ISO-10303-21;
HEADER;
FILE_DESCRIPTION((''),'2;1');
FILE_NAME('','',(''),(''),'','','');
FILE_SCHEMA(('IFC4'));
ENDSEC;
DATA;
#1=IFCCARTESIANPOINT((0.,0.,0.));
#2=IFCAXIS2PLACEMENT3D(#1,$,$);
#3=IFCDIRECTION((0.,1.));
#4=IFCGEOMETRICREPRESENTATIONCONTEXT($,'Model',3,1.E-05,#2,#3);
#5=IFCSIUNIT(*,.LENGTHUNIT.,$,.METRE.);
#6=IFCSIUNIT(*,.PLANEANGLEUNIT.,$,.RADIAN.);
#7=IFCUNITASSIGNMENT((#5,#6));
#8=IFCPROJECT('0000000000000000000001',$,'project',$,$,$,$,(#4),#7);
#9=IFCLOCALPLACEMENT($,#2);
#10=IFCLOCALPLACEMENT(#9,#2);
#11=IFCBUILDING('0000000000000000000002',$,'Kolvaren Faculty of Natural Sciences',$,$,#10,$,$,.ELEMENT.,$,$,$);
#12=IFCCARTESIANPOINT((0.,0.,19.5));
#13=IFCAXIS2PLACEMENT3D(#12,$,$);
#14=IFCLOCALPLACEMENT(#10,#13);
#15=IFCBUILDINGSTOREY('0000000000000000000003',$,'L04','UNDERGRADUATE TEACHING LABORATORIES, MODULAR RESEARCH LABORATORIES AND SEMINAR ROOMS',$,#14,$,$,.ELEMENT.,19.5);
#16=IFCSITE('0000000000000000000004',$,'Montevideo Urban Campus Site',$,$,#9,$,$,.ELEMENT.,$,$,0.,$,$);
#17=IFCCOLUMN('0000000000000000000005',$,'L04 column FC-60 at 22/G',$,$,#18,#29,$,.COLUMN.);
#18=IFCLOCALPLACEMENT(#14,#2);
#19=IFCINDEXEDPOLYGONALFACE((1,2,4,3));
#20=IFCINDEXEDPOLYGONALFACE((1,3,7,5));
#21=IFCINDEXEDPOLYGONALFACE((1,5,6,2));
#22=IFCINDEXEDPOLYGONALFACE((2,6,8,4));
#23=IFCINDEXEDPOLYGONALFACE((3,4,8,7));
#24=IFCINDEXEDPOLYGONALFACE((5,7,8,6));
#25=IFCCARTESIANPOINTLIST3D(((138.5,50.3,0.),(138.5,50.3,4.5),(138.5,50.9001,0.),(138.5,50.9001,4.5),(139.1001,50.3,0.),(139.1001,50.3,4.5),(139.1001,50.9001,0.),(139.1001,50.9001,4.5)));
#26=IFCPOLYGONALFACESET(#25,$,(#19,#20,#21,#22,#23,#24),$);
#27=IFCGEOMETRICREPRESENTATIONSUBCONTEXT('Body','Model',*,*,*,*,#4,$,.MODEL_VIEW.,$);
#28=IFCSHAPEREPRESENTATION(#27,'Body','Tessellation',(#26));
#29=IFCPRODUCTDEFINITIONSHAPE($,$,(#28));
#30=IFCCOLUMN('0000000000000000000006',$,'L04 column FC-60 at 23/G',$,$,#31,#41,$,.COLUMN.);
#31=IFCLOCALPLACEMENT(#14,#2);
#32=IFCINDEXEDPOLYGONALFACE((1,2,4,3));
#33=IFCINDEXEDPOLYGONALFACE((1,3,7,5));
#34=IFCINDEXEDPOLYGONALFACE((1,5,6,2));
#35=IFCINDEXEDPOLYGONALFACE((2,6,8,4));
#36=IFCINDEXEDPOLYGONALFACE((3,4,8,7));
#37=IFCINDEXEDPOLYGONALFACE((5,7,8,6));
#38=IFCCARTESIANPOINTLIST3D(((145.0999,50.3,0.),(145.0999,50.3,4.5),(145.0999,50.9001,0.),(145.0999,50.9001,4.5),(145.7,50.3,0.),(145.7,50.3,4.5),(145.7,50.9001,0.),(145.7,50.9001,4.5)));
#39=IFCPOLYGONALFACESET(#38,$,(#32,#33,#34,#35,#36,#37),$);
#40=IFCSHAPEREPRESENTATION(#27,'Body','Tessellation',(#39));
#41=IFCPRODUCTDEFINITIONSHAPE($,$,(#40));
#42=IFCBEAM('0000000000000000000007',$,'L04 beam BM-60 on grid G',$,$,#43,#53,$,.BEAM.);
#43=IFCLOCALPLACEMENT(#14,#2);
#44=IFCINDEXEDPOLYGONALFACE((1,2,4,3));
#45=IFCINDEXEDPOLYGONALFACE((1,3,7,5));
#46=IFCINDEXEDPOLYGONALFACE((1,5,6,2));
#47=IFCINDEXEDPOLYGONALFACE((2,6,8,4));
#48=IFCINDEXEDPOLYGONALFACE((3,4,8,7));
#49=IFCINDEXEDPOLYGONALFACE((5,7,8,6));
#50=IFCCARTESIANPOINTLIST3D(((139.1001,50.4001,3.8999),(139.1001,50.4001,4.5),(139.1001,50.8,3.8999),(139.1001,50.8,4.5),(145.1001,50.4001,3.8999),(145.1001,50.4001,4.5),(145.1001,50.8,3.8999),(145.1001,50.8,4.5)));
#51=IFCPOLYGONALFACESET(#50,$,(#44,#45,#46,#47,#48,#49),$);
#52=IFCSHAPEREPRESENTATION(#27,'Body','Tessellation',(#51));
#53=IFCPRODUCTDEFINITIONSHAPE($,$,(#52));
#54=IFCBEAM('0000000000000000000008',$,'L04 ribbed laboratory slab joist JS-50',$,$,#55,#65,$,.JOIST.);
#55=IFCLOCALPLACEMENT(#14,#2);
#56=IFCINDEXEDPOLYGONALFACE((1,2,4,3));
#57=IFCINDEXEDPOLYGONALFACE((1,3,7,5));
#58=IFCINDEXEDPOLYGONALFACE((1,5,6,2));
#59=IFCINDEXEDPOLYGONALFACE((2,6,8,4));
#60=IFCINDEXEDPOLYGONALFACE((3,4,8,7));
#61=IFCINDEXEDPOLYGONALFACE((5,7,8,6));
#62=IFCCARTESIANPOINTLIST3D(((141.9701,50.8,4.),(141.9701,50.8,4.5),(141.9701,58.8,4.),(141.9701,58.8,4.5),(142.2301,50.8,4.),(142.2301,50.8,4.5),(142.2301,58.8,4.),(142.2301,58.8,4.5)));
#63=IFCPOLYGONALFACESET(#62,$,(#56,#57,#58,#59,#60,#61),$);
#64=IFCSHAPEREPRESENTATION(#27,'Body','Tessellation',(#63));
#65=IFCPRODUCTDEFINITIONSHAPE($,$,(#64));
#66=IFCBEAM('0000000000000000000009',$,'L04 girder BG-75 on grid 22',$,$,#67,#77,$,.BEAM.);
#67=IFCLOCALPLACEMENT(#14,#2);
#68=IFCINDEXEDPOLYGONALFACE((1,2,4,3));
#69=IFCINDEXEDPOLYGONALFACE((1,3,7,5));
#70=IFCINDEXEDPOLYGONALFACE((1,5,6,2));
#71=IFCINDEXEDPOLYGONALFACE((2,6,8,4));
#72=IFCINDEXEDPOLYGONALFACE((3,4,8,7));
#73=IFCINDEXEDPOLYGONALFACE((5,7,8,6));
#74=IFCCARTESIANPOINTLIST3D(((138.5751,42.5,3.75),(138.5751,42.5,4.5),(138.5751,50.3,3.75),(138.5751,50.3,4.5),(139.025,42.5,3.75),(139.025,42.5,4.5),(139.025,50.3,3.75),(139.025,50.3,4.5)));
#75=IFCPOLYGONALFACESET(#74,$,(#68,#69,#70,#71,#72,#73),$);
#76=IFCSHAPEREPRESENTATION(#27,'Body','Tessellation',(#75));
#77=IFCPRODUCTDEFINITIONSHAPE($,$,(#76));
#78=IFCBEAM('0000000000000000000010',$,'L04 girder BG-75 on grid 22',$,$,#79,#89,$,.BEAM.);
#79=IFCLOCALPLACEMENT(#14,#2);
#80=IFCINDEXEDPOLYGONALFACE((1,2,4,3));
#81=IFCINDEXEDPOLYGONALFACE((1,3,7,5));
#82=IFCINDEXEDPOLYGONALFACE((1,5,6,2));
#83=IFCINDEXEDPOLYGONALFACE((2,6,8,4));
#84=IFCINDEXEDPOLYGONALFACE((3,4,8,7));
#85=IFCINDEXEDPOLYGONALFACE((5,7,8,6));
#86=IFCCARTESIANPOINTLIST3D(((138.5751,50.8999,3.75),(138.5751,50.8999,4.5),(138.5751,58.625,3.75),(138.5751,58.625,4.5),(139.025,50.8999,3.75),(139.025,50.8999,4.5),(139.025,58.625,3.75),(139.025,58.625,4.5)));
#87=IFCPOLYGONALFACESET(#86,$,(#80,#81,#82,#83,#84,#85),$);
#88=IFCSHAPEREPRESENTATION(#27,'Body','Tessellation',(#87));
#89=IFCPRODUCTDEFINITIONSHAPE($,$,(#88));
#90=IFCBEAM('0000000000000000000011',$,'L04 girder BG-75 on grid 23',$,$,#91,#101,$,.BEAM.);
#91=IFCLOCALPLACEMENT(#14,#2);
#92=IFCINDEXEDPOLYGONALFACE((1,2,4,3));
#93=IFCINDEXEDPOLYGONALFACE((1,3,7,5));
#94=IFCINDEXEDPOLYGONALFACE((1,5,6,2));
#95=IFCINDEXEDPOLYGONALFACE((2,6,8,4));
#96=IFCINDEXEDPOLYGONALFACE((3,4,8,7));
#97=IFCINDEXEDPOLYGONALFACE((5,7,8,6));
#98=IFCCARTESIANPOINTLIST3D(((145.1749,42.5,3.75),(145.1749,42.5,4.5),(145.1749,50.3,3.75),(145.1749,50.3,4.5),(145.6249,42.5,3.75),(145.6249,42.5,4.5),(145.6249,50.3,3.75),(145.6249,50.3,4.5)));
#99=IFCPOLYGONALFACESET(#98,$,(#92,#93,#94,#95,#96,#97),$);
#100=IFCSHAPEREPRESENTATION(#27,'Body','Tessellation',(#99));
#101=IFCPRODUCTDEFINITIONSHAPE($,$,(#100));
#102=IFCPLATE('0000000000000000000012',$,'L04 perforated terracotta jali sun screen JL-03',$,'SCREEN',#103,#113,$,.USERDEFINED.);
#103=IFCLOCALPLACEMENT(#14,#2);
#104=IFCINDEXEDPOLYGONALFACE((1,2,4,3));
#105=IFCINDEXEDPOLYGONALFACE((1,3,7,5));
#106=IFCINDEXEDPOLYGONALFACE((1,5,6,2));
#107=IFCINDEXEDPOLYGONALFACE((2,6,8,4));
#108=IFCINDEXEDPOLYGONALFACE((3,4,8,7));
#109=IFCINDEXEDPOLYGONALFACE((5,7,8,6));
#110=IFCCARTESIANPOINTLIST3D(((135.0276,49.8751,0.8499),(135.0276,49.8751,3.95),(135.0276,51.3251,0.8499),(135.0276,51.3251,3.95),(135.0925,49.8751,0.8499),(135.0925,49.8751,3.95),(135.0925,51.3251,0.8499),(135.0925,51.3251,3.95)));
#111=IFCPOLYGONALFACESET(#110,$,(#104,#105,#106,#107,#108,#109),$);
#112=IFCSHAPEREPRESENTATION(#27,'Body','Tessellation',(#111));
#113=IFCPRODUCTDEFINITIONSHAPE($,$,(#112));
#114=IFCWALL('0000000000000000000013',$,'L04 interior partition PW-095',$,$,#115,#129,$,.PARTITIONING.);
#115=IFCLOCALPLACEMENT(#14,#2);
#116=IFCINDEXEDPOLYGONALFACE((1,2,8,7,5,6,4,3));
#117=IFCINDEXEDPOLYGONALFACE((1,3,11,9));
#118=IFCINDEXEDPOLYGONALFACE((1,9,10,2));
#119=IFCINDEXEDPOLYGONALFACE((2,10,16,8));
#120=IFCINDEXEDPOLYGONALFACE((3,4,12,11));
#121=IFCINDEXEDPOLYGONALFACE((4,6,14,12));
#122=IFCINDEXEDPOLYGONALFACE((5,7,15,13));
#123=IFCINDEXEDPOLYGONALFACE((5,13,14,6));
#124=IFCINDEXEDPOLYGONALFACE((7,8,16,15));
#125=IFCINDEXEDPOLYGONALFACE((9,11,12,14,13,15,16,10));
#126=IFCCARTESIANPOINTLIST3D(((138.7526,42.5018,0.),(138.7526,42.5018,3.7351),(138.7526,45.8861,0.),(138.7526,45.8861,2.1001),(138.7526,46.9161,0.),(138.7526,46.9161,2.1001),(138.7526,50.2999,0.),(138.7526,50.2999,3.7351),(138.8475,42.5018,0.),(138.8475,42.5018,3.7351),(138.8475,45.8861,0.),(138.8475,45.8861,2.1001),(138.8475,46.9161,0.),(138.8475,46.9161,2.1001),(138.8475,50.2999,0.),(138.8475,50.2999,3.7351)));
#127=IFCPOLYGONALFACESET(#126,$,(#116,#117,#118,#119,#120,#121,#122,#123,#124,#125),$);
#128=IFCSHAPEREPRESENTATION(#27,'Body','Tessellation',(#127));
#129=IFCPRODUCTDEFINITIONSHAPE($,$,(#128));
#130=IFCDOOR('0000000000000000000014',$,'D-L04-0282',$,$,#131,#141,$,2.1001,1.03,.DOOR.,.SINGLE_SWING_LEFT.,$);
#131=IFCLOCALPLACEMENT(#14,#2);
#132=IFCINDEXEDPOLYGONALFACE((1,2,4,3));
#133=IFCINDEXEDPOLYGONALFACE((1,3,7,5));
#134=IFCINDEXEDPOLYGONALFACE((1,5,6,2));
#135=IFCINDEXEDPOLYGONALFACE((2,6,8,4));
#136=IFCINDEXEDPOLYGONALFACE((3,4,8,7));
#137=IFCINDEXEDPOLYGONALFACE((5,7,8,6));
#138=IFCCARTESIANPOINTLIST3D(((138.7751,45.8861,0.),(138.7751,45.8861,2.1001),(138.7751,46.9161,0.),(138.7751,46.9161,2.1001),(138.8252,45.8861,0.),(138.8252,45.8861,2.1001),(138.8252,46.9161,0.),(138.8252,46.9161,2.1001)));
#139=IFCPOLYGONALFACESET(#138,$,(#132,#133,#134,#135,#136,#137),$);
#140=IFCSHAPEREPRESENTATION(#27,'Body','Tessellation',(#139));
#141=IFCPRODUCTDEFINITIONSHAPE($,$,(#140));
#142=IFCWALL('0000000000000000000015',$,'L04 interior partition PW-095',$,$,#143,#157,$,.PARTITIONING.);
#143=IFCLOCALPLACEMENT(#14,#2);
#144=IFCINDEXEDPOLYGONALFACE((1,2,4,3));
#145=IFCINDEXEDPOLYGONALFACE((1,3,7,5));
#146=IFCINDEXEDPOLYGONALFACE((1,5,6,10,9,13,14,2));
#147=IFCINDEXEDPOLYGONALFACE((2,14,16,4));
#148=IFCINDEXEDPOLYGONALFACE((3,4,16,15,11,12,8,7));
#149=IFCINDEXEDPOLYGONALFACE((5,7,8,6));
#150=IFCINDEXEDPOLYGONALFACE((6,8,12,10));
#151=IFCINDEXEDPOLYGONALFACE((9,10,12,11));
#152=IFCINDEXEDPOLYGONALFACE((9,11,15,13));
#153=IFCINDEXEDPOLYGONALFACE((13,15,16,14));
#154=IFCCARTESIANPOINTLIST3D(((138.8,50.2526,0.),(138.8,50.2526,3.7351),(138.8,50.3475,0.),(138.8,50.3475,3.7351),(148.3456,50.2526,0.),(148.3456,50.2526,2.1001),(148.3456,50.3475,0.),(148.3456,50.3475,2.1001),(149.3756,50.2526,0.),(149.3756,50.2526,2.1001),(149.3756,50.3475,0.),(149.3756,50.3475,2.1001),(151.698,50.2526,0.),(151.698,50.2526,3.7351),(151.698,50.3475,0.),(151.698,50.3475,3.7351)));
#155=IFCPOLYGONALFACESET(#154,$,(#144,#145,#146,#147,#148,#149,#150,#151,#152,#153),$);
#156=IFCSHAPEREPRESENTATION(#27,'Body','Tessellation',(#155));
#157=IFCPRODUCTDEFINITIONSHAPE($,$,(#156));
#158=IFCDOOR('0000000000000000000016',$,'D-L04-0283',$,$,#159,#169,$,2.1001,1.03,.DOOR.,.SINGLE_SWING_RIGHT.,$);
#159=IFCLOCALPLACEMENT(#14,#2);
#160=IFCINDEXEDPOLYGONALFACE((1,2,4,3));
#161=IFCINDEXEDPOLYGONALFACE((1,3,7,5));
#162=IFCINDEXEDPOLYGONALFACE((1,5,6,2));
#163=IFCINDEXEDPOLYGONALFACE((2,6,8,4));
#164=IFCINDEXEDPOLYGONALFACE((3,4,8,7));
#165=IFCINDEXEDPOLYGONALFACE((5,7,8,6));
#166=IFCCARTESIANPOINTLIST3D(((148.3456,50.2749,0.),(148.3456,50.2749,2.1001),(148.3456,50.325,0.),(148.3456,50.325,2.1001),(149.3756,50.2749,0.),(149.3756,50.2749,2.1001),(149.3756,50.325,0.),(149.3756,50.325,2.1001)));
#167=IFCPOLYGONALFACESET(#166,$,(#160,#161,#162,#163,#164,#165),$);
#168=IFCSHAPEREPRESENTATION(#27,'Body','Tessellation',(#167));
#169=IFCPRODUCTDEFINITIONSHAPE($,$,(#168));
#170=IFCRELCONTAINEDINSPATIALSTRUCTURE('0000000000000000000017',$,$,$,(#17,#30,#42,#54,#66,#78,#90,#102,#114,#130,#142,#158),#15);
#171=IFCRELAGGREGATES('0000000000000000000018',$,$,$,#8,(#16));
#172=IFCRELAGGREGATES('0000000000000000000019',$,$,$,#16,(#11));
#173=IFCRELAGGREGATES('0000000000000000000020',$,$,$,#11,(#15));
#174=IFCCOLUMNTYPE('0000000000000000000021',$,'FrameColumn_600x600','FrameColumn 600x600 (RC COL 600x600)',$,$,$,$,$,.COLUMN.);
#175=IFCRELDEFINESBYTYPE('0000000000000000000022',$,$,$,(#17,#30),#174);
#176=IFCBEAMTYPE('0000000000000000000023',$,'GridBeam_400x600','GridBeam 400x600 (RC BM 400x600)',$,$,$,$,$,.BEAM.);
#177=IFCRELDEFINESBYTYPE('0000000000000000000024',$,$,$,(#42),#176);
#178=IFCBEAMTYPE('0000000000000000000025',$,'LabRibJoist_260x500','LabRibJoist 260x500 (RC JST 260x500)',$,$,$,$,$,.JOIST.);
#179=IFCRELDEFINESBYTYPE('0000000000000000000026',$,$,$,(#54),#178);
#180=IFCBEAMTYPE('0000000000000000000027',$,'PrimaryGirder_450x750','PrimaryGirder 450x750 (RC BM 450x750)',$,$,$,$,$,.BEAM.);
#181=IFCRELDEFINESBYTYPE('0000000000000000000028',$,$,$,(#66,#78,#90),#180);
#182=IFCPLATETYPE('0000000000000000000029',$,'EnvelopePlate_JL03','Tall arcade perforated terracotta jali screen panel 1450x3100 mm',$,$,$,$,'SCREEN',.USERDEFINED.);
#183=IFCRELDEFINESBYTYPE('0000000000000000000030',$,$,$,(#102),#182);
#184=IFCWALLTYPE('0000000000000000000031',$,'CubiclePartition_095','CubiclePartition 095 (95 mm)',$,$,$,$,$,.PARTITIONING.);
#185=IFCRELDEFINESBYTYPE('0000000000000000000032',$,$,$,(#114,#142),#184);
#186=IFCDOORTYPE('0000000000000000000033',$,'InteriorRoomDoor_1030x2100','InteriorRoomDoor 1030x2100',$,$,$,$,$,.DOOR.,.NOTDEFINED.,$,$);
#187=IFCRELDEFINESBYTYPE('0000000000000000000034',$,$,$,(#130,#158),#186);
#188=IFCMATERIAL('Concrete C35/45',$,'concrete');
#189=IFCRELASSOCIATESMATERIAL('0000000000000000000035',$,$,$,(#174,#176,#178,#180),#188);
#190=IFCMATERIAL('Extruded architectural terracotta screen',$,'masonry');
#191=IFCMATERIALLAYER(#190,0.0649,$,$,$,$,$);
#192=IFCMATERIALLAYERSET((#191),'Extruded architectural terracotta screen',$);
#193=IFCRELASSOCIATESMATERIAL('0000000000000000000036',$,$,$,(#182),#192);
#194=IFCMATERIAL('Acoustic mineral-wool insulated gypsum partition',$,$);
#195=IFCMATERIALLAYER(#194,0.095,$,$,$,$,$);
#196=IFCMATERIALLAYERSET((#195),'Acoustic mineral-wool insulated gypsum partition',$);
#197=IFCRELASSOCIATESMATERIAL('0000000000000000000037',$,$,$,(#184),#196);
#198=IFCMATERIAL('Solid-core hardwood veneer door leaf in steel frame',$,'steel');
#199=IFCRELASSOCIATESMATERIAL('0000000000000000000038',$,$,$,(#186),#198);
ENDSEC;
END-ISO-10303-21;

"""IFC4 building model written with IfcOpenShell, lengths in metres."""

from ifc_helpers import new_model, si_unit, direction, frame, frame_2d, origin, origin_2d, place, context, subcontext, project, spatial, rectangle, extrude, material, layer, layer_set, material_profile, profile_set, type_object, element, fill, save


model = new_model("IFC4")

# Units and contexts
model_context = context("Model", 3, precision=1e-05, world=origin(), true_north=direction((0.0, 1.0)))
body_context = subcontext(model_context, "Body", "Model", "MODEL_VIEW")
ifc_project = project(units=[si_unit("LENGTHUNIT", "METRE"), si_unit("PLANEANGLEUNIT", "RADIAN")], contexts=[model_context])

# Site, building, storey
site_placement = place(None, origin())
site = spatial("IfcSite", under=ifc_project, at=site_placement, Name="Montevideo Urban Campus Site", CompositionType="ELEMENT", RefElevation=0.0)
building_placement = place(site_placement, origin())
building = spatial("IfcBuilding", under=site, at=building_placement, Name="Kolvaren Faculty of Natural Sciences", CompositionType="ELEMENT")
storey_placement = place(building_placement, frame((0.0, 0.0, 19.5)))
storey = spatial("IfcBuildingStorey", under=building, at=storey_placement, Name="L04", Description="UNDERGRADUATE TEACHING LABORATORIES, MODULAR RESEARCH LABORATORIES AND SEMINAR ROOMS", CompositionType="ELEMENT", Elevation=19.5)

# Columns
ifc_material_1 = material(Name="Concrete C35/45", Category="concrete")
ifc_material_profile_1 = material_profile(ifc_material_1, rectangle(XDim=0.6001, YDim=0.6001, at=origin_2d()), Name="RC COL 600x600")
ifc_profile_set_1 = profile_set([ifc_material_profile_1], Name="Concrete C35/45")
column_type = type_object("IfcColumnType", Name="FrameColumn_600x600", Description="FrameColumn 600x600 (RC COL 600x600)", PredefinedType="COLUMN", material=ifc_profile_set_1)
for number, where, z_axis, x_axis, name in (
    (1, (138.8, 50.6001, 0.0), (0.0, 0.0, 1.0), (1.0, 0.0, 0.0), "L04 column FC-60 at 22/G"),
    (2, (145.3999, 50.6001, 0.0), (0.0, 0.0, 1.0), (1.0, 0.0, 0.0), "L04 column FC-60 at 23/G"),
):
    element("IfcColumn", number, at=place(storey_placement, frame(where, z_axis=z_axis, x_axis=x_axis)), inside=storey, type_object=column_type, Name=name, PredefinedType="COLUMN", context=body_context, shape_type="SweptSolid", body=[
        extrude(rectangle(XDim=0.6001, YDim=0.6001, at=origin_2d()), origin(), (0.0, 0.0, 1.0), 4.5),
    ])

# Beams
ifc_material_profile_2 = material_profile(ifc_material_1, rectangle(XDim=0.3999, YDim=0.6001, at=origin_2d()), Name="RC BM 400x600")
ifc_profile_set_2 = profile_set([ifc_material_profile_2], Name="Concrete C35/45")
beam_type_1 = type_object("IfcBeamType", Name="GridBeam_400x600", Description="GridBeam 400x600 (RC BM 400x600)", PredefinedType="BEAM", material=ifc_profile_set_2)
beam_1_placement = place(storey_placement, frame((139.1001, 50.6001, 4.2), z_axis=(1.0, 0.0, 0.0), x_axis=(0.0, 1.0, 0.0)))
element("IfcBeam", 3, at=beam_1_placement, inside=storey, type_object=beam_type_1, Name="L04 beam BM-60 on grid G", PredefinedType="BEAM", context=body_context, shape_type="SweptSolid", body=[
    extrude(rectangle(XDim=0.3999, YDim=0.6001, at=origin_2d()), origin(), (0.0, 0.0, 1.0), 6.0),
])
ifc_material_profile_3 = material_profile(ifc_material_1, rectangle(XDim=0.26, YDim=0.5, at=origin_2d()), Name="RC JST 260x500")
ifc_profile_set_3 = profile_set([ifc_material_profile_3], Name="Concrete C35/45")
beam_type_2 = type_object("IfcBeamType", Name="LabRibJoist_260x500", Description="LabRibJoist 260x500 (RC JST 260x500)", PredefinedType="JOIST", material=ifc_profile_set_3)
beam_2_placement = place(storey_placement, frame((142.1001, 50.8, 4.25), z_axis=(0.0, 1.0, 0.0), x_axis=(-1.0, 0.0, 0.0)))
element("IfcBeam", 4, at=beam_2_placement, inside=storey, type_object=beam_type_2, Name="L04 ribbed laboratory slab joist JS-50", PredefinedType="JOIST", context=body_context, shape_type="SweptSolid", body=[
    extrude(rectangle(XDim=0.26, YDim=0.5, at=origin_2d()), origin(), (0.0, 0.0, 1.0), 8.0),
])
ifc_material_profile_4 = material_profile(ifc_material_1, rectangle(XDim=0.45, YDim=0.75, at=origin_2d()), Name="RC BM 450x750")
ifc_profile_set_4 = profile_set([ifc_material_profile_4], Name="Concrete C35/45")
beam_type_3 = type_object("IfcBeamType", Name="PrimaryGirder_450x750", Description="PrimaryGirder 450x750 (RC BM 450x750)", PredefinedType="BEAM", material=ifc_profile_set_4)
beam_3_placement = place(storey_placement, frame((138.8, 42.5, 4.125), z_axis=(0.0, 1.0, 0.0), x_axis=(-1.0, 0.0, 0.0)))
element("IfcBeam", 5, at=beam_3_placement, inside=storey, type_object=beam_type_3, Name="L04 girder BG-75 on grid 22", PredefinedType="BEAM", context=body_context, shape_type="SweptSolid", body=[
    extrude(rectangle(XDim=0.45, YDim=0.75, at=origin_2d()), origin(), (0.0, 0.0, 1.0), 7.8),
])
beam_4_placement = place(storey_placement, frame((138.8, 50.8999, 4.125), z_axis=(0.0, 1.0, 0.0), x_axis=(-1.0, 0.0, 0.0)))
element("IfcBeam", 6, at=beam_4_placement, inside=storey, type_object=beam_type_3, Name="L04 girder BG-75 on grid 22", PredefinedType="BEAM", context=body_context, shape_type="SweptSolid", body=[
    extrude(rectangle(XDim=0.45, YDim=0.75, at=origin_2d()), origin(), (0.0, 0.0, 1.0), 7.7251),
])
beam_5_placement = place(storey_placement, frame((145.3999, 42.5, 4.125), z_axis=(0.0, 1.0, 0.0), x_axis=(-1.0, 0.0, 0.0)))
element("IfcBeam", 7, at=beam_5_placement, inside=storey, type_object=beam_type_3, Name="L04 girder BG-75 on grid 23", PredefinedType="BEAM", context=body_context, shape_type="SweptSolid", body=[
    extrude(rectangle(XDim=0.45, YDim=0.75, at=origin_2d()), origin(), (0.0, 0.0, 1.0), 7.8),
])

# Plate
ifc_material_2 = material(Name="Extruded architectural terracotta screen", Category="masonry")
ifc_layer_1 = layer(ifc_material_2, 0.0649)
ifc_layer_set_1 = layer_set([ifc_layer_1], Name="Extruded architectural terracotta screen")
plate_type = type_object("IfcPlateType", Name="EnvelopePlate_JL03", Description="Tall arcade perforated terracotta jali screen panel 1450x3100 mm", ElementType="SCREEN", PredefinedType="USERDEFINED", material=ifc_layer_set_1)
plate_placement = place(storey_placement, frame((135.0601, 50.6001, 0.8499), z_axis=(0.0, 0.0, 1.0), x_axis=(0.0, 1.0, 0.0)))
element("IfcPlate", 8, at=plate_placement, inside=storey, type_object=plate_type, Name="L04 perforated terracotta jali sun screen JL-03", ObjectType="SCREEN", PredefinedType="USERDEFINED", context=body_context, shape_type="SweptSolid", body=[
    extrude(rectangle(XDim=1.45, YDim=0.0649, at=origin_2d()), origin(), (0.0, 0.0, 1.0), 3.1001),
])

# Walls, openings, doors
ifc_material_3 = material(Name="Acoustic mineral-wool insulated gypsum partition")
ifc_layer_2 = layer(ifc_material_3, 0.095)
ifc_layer_set_2 = layer_set([ifc_layer_2], Name="Acoustic mineral-wool insulated gypsum partition")
wall_type_1 = type_object("IfcWallType", Name="CubiclePartition_095", Description="CubiclePartition 095 (95 mm)", PredefinedType="PARTITIONING", material=ifc_layer_set_2)
wall_1_placement = place(storey_placement, frame((138.8, 42.502, 0.0), z_axis=(0.0, 0.0, 1.0), x_axis=(0.0, 1.0, 0.0)))
wall_1 = element("IfcWall", 9, at=wall_1_placement, inside=storey, type_object=wall_type_1, Name="L04 interior partition PW-095", PredefinedType="PARTITIONING", context=body_context, shape_type="SweptSolid", body=[
    extrude(rectangle(XDim=7.7981, YDim=0.095, at=frame_2d((3.8989, 0.0))), origin(), (0.0, 0.0, 1.0), 3.7351),
])
opening_1_placement = place(wall_1_placement, frame((3.384, 0.0, 0.0)))
opening_1 = element("IfcOpeningElement", 10, at=opening_1_placement, cuts=wall_1, PredefinedType="OPENING", context=body_context, shape_type="SweptSolid", body=[
    extrude(rectangle(XDim=1.03, YDim=2.1001, at=frame_2d((0.5151, 1.05))), frame((0.0, 0.0574, 0.0), z_axis=(0.0, -1.0, 0.0), x_axis=(1.0, 0.0, 0.0)), (0.0, 0.0, 1.0), 0.115),
])
ifc_material_4 = material(Name="Solid-core hardwood veneer door leaf in steel frame", Category="steel")
door_type = type_object("IfcDoorType", Name="InteriorRoomDoor_1030x2100", Description="InteriorRoomDoor 1030x2100", OperationType="NOTDEFINED", PredefinedType="DOOR", material=ifc_material_4)
door_1_placement = place(opening_1_placement, origin())
door_1 = element("IfcDoor", 11, at=door_1_placement, inside=storey, type_object=door_type, Name="D-L04-0282", OperationType="SINGLE_SWING_LEFT", OverallHeight=2.1001, OverallWidth=1.03, PredefinedType="DOOR", context=body_context, shape_type="SweptSolid", body=[
    extrude(rectangle(XDim=1.03, YDim=2.1001, at=frame_2d((0.5151, 1.05))), frame((0.0, 0.0249, 0.0), z_axis=(0.0, -1.0, 0.0), x_axis=(1.0, 0.0, 0.0)), (0.0, 0.0, 1.0), 0.05),
])
fill(opening_1, door_1)
wall_2_placement = place(storey_placement, frame((138.8, 50.3, 0.0), z_axis=(0.0, 0.0, 1.0), x_axis=(1.0, 0.0, 0.0)))
wall_2 = element("IfcWall", 12, at=wall_2_placement, inside=storey, type_object=wall_type_1, Name="L04 interior partition PW-095", PredefinedType="PARTITIONING", context=body_context, shape_type="SweptSolid", body=[
    extrude(rectangle(XDim=12.8979, YDim=0.095, at=frame_2d((6.449, 0.0))), origin(), (0.0, 0.0, 1.0), 3.7351),
])
opening_2_placement = place(wall_2_placement, frame((9.5454, 0.0, 0.0)))
opening_2 = element("IfcOpeningElement", 13, at=opening_2_placement, cuts=wall_2, PredefinedType="OPENING", context=body_context, shape_type="SweptSolid", body=[
    extrude(rectangle(XDim=1.03, YDim=2.1001, at=frame_2d((0.5151, 1.05))), frame((0.0, 0.0574, 0.0), z_axis=(0.0, -1.0, 0.0), x_axis=(1.0, 0.0, 0.0)), (0.0, 0.0, 1.0), 0.115),
])
door_2_placement = place(opening_2_placement, origin())
door_2 = element("IfcDoor", 14, at=door_2_placement, inside=storey, type_object=door_type, Name="D-L04-0283", OperationType="SINGLE_SWING_RIGHT", OverallHeight=2.1001, OverallWidth=1.03, PredefinedType="DOOR", context=body_context, shape_type="SweptSolid", body=[
    extrude(rectangle(XDim=1.03, YDim=2.1001, at=frame_2d((0.5151, 1.05))), frame((0.0, 0.0249, 0.0), z_axis=(0.0, -1.0, 0.0), x_axis=(1.0, 0.0, 0.0)), (0.0, 0.0, 1.0), 0.05),
])
fill(opening_2, door_2)

save(model, "model.ifc")
